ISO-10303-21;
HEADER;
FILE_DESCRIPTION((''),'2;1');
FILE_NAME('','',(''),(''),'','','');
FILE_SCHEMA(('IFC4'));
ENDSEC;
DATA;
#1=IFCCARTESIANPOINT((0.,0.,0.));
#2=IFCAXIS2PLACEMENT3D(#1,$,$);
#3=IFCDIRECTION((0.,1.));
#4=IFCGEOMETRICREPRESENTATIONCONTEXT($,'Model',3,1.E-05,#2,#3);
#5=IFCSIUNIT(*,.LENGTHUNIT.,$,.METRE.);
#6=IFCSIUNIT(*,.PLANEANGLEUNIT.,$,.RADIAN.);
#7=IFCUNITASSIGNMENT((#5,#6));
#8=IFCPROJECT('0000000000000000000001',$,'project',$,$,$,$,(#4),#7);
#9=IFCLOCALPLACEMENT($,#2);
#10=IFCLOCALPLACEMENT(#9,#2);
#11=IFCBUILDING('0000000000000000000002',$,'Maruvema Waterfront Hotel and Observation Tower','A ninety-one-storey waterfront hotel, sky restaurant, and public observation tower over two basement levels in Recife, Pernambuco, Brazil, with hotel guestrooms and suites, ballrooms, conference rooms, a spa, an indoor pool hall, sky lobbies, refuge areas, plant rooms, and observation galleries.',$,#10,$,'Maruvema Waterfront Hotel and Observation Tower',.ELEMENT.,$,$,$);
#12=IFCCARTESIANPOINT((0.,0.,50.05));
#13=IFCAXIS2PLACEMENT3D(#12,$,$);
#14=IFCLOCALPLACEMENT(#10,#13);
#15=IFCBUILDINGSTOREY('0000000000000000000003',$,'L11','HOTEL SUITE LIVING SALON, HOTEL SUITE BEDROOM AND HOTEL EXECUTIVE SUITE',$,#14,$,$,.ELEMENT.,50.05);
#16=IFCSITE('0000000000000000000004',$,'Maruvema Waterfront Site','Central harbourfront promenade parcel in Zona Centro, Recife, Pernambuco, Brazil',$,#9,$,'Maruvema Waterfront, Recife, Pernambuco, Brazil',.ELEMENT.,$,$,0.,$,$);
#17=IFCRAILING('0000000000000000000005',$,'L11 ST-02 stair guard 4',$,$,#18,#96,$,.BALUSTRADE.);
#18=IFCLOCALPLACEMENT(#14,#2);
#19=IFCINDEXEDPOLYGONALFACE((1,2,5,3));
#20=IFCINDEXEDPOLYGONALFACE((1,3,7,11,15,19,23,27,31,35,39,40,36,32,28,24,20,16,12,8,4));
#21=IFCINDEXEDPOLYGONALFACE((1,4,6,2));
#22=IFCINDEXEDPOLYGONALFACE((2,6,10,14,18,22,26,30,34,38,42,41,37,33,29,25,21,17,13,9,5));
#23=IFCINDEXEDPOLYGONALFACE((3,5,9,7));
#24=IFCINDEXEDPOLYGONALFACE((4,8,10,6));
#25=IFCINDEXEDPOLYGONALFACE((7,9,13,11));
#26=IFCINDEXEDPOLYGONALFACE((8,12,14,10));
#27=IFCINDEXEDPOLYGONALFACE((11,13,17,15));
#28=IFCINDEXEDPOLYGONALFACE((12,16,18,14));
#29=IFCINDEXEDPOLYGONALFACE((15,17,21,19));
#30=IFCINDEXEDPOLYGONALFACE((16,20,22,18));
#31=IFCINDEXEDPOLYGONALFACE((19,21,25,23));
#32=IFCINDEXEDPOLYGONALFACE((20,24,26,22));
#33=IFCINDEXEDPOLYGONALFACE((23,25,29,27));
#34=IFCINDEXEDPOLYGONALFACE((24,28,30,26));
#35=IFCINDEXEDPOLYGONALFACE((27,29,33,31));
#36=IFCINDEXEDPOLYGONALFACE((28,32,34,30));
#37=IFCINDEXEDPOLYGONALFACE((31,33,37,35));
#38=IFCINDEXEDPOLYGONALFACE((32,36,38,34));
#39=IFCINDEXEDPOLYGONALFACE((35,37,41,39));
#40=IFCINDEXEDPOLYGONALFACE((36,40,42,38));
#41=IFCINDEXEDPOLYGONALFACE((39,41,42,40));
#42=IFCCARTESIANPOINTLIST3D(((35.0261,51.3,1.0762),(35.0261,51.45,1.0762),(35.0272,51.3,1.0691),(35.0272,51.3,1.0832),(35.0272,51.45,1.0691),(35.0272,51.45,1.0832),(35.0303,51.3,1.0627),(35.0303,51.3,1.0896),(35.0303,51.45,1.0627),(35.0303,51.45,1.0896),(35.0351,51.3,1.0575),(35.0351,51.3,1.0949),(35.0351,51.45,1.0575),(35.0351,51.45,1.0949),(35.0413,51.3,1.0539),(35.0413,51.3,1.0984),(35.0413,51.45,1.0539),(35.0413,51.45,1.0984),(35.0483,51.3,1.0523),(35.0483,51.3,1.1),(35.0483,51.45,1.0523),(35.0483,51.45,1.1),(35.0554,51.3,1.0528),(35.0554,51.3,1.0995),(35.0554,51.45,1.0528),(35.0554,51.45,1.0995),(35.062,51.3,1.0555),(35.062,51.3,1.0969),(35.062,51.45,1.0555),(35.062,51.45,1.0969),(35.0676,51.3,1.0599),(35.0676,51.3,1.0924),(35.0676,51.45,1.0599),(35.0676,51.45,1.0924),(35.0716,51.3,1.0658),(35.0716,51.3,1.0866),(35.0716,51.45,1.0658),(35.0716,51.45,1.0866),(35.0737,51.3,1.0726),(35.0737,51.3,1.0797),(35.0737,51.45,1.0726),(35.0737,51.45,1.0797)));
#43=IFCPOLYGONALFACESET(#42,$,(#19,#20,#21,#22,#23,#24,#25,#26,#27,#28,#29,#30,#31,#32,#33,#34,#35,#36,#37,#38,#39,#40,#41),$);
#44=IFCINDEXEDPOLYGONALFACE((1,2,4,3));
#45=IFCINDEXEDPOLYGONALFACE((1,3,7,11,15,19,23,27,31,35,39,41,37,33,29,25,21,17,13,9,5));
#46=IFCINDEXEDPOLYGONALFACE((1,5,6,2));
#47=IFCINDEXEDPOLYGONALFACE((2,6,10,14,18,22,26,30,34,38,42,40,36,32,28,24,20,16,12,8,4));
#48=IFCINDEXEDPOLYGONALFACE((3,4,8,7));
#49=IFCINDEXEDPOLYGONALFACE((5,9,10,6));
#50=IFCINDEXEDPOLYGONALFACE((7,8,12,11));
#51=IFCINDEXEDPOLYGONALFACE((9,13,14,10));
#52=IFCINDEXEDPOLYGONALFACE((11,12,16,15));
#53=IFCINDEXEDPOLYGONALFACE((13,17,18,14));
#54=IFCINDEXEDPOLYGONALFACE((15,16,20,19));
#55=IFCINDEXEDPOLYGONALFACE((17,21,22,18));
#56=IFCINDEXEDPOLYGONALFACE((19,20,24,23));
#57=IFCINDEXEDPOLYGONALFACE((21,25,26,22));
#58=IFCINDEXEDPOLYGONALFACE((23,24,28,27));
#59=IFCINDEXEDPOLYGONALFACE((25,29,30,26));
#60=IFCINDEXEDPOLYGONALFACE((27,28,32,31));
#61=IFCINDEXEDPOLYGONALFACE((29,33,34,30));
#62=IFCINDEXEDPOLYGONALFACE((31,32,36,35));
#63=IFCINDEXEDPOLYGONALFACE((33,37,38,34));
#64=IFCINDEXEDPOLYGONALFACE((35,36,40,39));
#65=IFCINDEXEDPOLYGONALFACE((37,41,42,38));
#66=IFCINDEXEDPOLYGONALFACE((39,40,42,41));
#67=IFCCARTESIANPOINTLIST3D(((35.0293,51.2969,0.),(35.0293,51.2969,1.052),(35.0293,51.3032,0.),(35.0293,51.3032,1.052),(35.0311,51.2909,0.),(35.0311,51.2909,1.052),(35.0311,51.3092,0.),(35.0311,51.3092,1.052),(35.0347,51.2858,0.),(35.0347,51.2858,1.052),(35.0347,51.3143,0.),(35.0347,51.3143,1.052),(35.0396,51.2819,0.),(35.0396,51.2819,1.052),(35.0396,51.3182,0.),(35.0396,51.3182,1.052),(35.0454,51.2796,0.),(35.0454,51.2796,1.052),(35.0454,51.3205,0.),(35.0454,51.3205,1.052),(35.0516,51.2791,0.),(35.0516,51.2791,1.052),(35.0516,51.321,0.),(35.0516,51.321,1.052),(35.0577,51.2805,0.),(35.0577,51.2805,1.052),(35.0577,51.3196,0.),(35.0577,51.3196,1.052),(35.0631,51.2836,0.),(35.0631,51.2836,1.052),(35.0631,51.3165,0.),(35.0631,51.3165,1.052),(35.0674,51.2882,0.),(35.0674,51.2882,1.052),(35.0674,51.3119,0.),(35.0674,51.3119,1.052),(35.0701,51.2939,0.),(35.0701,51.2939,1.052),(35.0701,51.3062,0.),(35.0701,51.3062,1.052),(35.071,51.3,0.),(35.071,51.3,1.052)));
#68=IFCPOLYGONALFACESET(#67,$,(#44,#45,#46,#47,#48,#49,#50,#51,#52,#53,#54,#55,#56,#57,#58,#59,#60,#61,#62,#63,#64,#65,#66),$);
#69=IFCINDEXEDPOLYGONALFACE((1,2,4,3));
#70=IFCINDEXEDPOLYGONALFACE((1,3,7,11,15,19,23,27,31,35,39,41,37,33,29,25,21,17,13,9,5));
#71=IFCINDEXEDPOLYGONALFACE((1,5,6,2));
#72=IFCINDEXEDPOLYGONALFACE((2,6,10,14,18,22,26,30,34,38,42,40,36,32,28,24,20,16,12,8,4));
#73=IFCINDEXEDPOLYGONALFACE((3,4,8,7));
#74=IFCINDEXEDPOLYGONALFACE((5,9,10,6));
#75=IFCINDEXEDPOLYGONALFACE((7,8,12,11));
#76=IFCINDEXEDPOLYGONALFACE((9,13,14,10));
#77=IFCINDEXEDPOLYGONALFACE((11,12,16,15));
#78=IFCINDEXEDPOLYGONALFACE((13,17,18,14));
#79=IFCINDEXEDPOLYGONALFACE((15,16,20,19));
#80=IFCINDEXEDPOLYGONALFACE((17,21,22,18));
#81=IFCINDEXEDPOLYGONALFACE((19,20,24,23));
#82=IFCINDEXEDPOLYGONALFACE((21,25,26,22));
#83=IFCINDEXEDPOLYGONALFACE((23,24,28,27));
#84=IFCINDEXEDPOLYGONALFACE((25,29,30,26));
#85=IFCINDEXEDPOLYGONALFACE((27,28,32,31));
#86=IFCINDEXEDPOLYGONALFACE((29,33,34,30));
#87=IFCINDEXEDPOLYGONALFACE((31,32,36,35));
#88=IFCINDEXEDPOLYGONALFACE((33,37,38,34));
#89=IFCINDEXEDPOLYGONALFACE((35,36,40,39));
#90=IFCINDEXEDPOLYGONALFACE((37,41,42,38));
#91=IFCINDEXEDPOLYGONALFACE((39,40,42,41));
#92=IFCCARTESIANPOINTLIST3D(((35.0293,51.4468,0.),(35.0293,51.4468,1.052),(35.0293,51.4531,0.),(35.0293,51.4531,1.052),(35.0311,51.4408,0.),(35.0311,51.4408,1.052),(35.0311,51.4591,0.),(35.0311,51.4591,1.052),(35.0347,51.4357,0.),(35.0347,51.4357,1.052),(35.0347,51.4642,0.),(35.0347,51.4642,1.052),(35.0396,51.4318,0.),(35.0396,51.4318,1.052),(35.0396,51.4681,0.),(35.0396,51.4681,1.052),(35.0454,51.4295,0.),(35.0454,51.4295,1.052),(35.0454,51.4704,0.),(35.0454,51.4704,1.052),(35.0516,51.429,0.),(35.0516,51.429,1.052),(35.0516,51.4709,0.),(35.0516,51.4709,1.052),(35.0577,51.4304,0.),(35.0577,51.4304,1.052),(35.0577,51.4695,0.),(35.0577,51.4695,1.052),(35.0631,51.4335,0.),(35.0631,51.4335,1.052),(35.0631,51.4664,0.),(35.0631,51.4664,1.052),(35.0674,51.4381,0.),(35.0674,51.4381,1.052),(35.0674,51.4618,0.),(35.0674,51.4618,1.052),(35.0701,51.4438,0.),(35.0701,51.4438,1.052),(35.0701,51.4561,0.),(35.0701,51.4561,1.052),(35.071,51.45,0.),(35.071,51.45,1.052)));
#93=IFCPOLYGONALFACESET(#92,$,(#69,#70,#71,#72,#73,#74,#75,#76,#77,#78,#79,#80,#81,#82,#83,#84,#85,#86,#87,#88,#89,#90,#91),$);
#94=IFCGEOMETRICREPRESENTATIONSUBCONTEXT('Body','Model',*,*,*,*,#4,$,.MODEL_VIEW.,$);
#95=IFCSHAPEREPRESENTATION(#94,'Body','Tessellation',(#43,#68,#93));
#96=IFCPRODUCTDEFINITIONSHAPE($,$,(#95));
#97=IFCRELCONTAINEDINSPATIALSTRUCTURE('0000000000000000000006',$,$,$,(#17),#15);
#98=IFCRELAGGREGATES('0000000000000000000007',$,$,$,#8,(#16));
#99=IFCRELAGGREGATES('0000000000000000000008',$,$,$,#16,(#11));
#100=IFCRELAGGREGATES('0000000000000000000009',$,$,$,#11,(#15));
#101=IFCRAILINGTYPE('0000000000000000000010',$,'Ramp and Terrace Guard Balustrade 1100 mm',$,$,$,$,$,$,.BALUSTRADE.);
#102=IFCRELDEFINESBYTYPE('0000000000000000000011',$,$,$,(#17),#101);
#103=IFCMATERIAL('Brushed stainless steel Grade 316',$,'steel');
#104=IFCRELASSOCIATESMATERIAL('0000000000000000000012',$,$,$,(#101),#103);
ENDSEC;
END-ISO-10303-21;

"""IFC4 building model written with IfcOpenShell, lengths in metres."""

from ifc_helpers import new_model, si_unit, direction, frame, origin, origin_2d, place, context, subcontext, project, spatial, circle, extrude, material, type_object, element, save


model = new_model("IFC4")

# Units and contexts
model_context = context("Model", 3, precision=1e-05, world=origin(), true_north=direction((0.0, 1.0)))
body_context = subcontext(model_context, "Body", "Model", "MODEL_VIEW")
ifc_project = project(units=[si_unit("LENGTHUNIT", "METRE"), si_unit("PLANEANGLEUNIT", "RADIAN")], contexts=[model_context])

# Site, building, storey
site_placement = place(None, origin())
site = spatial("IfcSite", under=ifc_project, at=site_placement, Name="Maruvema Waterfront Site", Description="Central harbourfront promenade parcel in Zona Centro, Recife, Pernambuco, Brazil", LongName="Maruvema Waterfront, Recife, Pernambuco, Brazil", CompositionType="ELEMENT", RefElevation=0.0)
building_placement = place(site_placement, origin())
building = spatial("IfcBuilding", under=site, at=building_placement, Name="Maruvema Waterfront Hotel and Observation Tower", Description="A ninety-one-storey waterfront hotel, sky restaurant, and public observation tower over two basement levels in Recife, Pernambuco, Brazil, with hotel guestrooms and suites, ballrooms, conference rooms, a spa, an indoor pool hall, sky lobbies, refuge areas, plant rooms, and observation galleries.", LongName="Maruvema Waterfront Hotel and Observation Tower", CompositionType="ELEMENT")
storey_placement = place(building_placement, frame((0.0, 0.0, 50.05)))
storey = spatial("IfcBuildingStorey", under=building, at=storey_placement, Name="L11", Description="HOTEL SUITE LIVING SALON, HOTEL SUITE BEDROOM AND HOTEL EXECUTIVE SUITE", CompositionType="ELEMENT", Elevation=50.05)

# Railing
ifc_material_1 = material(Name="Brushed stainless steel Grade 316", Category="steel")
railing_type_1 = type_object("IfcRailingType", Name="Ramp and Terrace Guard Balustrade 1100 mm", PredefinedType="BALUSTRADE", material=ifc_material_1)
railing_1_placement = place(storey_placement, frame((35.05, 51.3, 0.0)))
element("IfcRailing", 1, at=railing_1_placement, inside=storey, type_object=railing_type_1, Name="L11 ST-02 stair guard 4", PredefinedType="BALUSTRADE", context=body_context, shape_type="SweptSolid", body=[
    extrude(circle(Radius=0.0239, at=origin_2d()), frame((0.0, 0.0, 1.0762), z_axis=(0.0, 1.0, 0.0), x_axis=(-1.0, 0.0, 0.0)), (0.0, 0.0, 1.0), 0.1499),
    extrude(circle(Radius=0.021, at=origin_2d()), origin(), (0.0, 0.0, 1.0), 1.052),
    extrude(circle(Radius=0.021, at=origin_2d()), frame((0.0, 0.1499, 0.0)), (0.0, 0.0, 1.0), 1.052),
])

save(model, "model.ifc")
